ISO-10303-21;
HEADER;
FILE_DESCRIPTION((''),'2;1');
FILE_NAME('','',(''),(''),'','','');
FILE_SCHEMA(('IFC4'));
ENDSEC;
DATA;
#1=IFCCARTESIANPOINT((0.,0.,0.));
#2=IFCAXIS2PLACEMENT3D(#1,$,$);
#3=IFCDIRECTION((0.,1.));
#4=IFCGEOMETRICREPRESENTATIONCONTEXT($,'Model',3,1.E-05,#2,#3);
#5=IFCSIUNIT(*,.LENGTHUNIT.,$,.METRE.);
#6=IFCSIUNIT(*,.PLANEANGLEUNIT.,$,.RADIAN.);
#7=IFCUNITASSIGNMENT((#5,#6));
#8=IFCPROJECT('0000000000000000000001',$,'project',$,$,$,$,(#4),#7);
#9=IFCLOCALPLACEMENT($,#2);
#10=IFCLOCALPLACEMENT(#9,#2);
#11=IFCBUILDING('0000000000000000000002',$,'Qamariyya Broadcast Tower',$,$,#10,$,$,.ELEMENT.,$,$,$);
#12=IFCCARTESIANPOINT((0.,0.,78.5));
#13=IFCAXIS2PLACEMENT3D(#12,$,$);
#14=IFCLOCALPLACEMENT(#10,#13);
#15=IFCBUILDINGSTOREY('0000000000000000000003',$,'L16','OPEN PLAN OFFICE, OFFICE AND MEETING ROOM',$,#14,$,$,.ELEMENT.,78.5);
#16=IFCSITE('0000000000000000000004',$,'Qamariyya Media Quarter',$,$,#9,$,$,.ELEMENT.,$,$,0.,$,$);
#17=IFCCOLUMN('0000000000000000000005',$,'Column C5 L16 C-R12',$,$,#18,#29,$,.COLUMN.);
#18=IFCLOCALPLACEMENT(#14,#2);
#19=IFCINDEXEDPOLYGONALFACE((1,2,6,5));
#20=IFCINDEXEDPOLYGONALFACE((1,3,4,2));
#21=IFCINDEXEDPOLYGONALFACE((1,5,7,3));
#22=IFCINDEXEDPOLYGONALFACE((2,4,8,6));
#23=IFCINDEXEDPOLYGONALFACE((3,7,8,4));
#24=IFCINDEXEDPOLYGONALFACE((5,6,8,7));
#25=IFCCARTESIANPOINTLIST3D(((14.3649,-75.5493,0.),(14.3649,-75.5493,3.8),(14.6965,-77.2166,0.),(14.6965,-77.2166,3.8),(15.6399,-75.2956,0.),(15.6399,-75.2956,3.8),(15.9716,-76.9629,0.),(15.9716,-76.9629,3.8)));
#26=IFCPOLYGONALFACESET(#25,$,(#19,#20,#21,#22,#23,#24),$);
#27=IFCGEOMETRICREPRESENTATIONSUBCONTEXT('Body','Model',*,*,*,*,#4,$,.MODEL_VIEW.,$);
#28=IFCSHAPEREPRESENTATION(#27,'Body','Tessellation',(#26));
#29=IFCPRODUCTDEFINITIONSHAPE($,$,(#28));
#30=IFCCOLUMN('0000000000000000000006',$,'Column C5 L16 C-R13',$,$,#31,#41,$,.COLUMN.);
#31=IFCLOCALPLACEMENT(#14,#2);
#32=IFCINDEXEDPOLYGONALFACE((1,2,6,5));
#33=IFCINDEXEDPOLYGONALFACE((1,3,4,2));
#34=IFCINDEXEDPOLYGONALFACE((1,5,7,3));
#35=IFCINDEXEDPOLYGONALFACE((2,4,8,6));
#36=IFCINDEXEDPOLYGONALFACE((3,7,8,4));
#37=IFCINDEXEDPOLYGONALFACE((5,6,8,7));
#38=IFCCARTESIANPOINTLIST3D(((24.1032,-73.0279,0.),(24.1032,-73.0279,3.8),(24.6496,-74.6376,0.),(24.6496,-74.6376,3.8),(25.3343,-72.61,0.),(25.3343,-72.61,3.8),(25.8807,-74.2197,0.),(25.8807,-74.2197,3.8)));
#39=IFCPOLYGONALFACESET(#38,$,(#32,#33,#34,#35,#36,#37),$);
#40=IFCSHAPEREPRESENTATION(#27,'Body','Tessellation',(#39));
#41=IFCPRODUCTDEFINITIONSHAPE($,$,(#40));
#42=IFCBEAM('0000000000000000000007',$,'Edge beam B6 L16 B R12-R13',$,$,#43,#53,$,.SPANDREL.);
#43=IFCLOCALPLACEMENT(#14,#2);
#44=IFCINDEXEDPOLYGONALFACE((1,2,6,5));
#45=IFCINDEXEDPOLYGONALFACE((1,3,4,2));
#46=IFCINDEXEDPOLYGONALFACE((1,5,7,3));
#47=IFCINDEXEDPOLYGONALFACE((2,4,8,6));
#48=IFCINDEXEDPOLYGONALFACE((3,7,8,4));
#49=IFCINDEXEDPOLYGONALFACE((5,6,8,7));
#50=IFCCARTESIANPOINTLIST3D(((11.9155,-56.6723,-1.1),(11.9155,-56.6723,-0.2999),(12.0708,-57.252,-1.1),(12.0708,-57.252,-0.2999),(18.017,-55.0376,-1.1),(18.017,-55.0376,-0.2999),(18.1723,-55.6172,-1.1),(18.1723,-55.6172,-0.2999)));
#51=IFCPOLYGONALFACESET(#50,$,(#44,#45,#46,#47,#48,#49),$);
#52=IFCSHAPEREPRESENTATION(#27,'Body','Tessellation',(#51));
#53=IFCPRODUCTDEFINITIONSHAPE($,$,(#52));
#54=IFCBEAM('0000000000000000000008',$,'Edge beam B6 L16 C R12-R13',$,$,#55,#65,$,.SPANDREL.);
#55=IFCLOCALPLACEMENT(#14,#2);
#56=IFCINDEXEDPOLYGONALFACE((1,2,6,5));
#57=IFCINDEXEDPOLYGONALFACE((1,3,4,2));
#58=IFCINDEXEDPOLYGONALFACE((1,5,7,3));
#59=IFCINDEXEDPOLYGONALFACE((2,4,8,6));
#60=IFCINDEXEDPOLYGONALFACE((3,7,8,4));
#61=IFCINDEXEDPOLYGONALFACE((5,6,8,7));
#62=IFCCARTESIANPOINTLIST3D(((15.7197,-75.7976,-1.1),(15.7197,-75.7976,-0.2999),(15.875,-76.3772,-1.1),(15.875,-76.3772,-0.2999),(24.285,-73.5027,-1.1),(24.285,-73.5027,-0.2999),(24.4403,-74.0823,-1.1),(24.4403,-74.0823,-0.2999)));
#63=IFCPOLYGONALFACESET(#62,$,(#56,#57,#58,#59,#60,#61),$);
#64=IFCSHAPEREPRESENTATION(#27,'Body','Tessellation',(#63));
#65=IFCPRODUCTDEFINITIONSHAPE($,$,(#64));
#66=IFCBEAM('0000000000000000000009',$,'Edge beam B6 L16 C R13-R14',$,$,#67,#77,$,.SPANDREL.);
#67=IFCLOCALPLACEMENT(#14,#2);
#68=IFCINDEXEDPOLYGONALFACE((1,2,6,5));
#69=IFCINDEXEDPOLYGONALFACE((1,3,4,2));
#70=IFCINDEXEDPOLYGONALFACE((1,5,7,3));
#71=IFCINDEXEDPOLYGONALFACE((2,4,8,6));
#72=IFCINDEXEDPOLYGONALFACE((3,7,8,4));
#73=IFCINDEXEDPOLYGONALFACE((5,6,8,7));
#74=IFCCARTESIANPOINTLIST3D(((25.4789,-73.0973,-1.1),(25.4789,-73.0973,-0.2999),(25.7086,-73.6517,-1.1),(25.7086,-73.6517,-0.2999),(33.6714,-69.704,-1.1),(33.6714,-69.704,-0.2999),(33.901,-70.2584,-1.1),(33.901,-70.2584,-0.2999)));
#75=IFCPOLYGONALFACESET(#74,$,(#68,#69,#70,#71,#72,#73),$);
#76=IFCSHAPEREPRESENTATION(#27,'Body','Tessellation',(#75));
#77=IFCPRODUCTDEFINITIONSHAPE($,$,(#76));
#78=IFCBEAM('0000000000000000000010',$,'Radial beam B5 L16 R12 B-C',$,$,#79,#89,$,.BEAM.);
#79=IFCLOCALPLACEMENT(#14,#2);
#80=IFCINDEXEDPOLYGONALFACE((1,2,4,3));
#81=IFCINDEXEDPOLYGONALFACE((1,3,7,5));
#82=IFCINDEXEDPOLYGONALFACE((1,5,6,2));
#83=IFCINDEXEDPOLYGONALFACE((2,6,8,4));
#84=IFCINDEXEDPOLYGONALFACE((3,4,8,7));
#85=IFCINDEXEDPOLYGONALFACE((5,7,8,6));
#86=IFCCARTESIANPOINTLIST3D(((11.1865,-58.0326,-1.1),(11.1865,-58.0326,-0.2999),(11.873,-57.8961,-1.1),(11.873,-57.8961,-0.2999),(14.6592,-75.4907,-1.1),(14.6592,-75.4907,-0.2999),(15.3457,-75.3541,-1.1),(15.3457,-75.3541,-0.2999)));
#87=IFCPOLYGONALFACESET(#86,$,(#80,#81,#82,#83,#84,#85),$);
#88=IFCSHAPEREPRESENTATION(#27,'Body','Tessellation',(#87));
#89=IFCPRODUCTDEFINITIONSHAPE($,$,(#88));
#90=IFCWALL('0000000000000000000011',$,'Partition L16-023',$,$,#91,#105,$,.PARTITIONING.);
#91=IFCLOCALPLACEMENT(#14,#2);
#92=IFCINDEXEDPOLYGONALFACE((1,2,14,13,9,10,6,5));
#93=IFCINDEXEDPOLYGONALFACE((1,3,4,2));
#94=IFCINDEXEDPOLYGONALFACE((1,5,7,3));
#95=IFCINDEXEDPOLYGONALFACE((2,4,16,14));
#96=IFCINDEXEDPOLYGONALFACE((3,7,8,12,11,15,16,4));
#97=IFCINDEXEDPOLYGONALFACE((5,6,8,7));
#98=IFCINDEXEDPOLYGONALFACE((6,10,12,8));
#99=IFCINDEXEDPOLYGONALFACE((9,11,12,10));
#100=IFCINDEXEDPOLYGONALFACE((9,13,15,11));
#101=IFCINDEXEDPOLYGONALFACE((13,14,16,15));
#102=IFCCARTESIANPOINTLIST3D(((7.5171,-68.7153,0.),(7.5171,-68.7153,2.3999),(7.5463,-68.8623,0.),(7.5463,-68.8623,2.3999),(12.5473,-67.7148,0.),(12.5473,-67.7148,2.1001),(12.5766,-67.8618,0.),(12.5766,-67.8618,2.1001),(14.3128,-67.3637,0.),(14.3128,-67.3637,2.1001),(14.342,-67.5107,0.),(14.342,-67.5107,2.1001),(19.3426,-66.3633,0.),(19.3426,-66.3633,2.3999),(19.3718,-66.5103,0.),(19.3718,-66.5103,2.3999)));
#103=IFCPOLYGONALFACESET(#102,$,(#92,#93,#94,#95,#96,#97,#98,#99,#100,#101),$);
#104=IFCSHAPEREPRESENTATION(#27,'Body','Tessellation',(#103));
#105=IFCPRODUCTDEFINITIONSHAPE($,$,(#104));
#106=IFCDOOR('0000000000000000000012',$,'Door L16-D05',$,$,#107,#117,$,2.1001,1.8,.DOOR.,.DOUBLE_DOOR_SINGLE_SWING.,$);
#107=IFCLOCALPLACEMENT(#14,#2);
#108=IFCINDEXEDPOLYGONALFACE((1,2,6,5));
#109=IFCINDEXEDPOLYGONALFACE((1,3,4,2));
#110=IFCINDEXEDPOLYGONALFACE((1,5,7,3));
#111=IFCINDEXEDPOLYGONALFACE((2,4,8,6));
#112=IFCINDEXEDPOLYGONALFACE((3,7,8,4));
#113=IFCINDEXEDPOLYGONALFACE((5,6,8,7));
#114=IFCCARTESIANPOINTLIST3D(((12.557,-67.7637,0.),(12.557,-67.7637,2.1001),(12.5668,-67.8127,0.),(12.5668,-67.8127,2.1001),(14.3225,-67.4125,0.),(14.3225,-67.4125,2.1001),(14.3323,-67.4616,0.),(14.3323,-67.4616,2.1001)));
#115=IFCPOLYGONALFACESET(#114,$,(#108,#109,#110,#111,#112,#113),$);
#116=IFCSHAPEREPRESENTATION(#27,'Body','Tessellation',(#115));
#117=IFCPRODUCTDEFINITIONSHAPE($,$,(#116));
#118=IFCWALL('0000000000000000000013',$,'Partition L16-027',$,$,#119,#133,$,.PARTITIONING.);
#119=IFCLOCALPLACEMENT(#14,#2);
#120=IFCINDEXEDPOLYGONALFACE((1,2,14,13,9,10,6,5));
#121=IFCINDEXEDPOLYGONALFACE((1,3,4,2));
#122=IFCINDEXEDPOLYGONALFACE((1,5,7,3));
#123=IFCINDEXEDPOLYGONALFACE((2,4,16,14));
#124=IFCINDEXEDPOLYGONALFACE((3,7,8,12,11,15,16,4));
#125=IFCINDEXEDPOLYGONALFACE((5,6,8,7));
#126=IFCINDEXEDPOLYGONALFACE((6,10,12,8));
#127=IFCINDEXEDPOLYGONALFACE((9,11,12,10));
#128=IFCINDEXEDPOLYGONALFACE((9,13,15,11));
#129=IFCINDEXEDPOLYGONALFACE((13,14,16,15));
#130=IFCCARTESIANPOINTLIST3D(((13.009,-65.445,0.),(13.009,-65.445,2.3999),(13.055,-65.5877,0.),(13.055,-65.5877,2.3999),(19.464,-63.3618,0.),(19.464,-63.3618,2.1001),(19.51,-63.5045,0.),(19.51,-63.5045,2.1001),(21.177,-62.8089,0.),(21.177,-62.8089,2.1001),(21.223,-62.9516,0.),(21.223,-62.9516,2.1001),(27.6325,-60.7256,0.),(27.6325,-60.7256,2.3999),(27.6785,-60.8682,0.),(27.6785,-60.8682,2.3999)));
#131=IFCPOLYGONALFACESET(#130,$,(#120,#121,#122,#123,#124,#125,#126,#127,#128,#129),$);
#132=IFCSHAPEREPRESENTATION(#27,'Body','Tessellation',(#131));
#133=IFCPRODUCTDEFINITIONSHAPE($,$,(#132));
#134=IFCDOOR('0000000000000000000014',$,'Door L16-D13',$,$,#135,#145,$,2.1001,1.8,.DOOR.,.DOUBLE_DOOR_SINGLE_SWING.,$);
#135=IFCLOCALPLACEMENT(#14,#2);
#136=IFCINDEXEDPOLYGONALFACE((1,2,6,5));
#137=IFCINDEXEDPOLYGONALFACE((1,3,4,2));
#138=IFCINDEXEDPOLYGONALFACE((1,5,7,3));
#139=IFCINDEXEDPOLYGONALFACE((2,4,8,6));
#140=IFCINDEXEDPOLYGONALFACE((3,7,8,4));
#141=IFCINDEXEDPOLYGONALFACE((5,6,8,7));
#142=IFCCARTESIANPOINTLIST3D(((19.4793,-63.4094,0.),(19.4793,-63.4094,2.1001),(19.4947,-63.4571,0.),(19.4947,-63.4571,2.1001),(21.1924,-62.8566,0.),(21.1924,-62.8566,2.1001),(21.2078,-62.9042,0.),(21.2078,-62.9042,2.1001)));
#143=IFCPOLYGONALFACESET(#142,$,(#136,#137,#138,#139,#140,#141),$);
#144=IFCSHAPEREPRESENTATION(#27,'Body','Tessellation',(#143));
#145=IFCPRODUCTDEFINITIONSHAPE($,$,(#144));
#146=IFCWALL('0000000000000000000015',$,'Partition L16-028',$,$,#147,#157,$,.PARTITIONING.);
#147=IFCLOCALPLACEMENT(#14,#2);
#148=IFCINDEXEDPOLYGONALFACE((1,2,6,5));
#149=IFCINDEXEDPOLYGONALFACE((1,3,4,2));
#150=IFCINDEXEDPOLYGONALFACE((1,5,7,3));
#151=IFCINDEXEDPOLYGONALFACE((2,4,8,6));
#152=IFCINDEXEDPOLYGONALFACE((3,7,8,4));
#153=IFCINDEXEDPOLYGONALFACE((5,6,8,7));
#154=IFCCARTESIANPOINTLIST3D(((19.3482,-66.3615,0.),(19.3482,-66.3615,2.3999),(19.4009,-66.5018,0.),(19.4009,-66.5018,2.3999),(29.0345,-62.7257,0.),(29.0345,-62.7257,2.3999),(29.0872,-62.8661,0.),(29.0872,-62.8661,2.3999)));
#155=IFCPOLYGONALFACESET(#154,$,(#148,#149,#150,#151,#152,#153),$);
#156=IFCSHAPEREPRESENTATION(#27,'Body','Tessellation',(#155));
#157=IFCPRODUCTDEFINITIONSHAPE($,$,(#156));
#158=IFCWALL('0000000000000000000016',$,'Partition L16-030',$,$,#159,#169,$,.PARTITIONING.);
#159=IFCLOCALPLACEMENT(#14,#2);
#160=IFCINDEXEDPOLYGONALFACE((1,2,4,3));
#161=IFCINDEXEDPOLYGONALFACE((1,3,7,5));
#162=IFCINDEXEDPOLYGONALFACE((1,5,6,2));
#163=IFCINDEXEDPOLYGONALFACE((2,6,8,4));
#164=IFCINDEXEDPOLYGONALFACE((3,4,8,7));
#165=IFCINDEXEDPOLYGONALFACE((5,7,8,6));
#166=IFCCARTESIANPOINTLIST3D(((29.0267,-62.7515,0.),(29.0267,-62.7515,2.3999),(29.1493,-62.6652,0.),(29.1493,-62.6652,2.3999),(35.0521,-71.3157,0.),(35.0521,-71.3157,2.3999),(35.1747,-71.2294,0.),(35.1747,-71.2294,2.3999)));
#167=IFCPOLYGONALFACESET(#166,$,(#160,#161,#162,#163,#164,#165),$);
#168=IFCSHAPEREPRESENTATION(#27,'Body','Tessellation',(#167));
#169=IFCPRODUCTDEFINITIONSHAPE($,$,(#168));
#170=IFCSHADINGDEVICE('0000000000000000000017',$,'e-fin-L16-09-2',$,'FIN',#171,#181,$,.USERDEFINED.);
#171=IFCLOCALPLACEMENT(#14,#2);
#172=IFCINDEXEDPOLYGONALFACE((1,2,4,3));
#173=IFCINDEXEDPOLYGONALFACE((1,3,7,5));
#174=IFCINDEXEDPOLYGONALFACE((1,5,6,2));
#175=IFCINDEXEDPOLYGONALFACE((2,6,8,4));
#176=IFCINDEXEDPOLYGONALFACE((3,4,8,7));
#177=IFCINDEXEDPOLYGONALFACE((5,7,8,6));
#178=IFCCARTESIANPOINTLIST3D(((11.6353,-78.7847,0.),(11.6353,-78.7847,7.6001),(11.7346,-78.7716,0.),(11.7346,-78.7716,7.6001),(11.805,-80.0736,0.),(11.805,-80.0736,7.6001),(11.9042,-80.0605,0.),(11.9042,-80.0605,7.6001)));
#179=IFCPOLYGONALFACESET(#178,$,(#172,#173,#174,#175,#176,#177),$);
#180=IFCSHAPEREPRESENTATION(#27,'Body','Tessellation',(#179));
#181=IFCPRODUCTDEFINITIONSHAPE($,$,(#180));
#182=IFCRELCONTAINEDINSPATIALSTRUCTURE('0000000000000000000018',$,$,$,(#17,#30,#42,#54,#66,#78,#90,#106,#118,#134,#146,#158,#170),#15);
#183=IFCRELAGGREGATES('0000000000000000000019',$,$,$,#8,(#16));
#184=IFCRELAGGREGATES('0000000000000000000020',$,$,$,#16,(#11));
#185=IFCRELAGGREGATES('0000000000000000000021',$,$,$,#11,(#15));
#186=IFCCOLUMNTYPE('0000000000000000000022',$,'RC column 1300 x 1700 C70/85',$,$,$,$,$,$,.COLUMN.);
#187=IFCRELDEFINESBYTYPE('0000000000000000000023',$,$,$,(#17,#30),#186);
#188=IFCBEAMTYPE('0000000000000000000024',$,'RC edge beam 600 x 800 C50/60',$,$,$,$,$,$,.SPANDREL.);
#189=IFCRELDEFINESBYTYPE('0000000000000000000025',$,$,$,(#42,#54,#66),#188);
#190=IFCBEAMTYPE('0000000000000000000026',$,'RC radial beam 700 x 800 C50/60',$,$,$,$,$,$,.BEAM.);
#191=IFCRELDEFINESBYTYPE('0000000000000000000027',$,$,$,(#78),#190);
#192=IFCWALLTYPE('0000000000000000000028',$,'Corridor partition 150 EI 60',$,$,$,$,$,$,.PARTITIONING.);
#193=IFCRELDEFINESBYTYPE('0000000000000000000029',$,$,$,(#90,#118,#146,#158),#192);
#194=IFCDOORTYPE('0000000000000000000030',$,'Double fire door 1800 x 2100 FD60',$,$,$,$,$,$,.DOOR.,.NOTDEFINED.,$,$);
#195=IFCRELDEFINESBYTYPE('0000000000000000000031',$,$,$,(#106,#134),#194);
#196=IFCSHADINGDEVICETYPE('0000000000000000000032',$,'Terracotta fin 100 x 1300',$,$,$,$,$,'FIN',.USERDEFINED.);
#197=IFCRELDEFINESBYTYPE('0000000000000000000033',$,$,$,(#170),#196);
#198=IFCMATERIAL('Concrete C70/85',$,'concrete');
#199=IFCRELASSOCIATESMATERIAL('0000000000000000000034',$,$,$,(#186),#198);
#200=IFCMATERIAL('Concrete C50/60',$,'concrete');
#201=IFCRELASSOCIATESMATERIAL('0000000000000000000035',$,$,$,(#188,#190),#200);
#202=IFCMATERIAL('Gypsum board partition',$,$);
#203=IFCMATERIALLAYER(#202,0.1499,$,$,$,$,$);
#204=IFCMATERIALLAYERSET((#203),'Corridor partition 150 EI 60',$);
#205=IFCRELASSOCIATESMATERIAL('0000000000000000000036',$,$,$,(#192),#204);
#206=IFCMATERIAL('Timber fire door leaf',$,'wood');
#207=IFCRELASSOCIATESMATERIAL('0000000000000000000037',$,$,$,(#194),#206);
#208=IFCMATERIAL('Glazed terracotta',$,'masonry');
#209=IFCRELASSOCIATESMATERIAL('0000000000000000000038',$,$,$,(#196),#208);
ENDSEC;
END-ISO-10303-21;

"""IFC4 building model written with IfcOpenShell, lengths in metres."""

from ifc_helpers import new_model, si_unit, direction, frame, frame_2d, origin, origin_2d, place, context, subcontext, project, spatial, rectangle, extrude, material, layer, layer_set, material_profile, profile_set, type_object, element, fill, save


model = new_model("IFC4")

# Units and contexts
model_context = context("Model", 3, precision=1e-05, world=origin(), true_north=direction((0.0, 1.0)))
body_context = subcontext(model_context, "Body", "Model", "MODEL_VIEW")
ifc_project = project(units=[si_unit("LENGTHUNIT", "METRE"), si_unit("PLANEANGLEUNIT", "RADIAN")], contexts=[model_context])

# Site, building, storey
site_placement = place(None, origin())
site = spatial("IfcSite", under=ifc_project, at=site_placement, Name="Qamariyya Media Quarter", CompositionType="ELEMENT", RefElevation=0.0)
building_placement = place(site_placement, origin())
building = spatial("IfcBuilding", under=site, at=building_placement, Name="Qamariyya Broadcast Tower", CompositionType="ELEMENT")
storey_placement = place(building_placement, frame((0.0, 0.0, 78.5)))
storey = spatial("IfcBuildingStorey", under=building, at=storey_placement, Name="L16", Description="OPEN PLAN OFFICE, OFFICE AND MEETING ROOM", CompositionType="ELEMENT", Elevation=78.5)

# Columns
ifc_material_1 = material(Name="Concrete C70/85", Category="concrete")
ifc_material_profile_1 = material_profile(ifc_material_1, rectangle(XDim=1.3, YDim=1.7, at=origin_2d()))
ifc_profile_set_1 = profile_set([ifc_material_profile_1], Name="Concrete C70/85")
column_type = type_object("IfcColumnType", Name="RC column 1300 x 1700 C70/85", PredefinedType="COLUMN", material=ifc_profile_set_1)
for number, where, z_axis, x_axis, name in (
    (1, (15.1682, -76.2561, 0.0), (0.0, 0.0, 1.0), (0.980785, 0.19509, 0.0), "Column C5 L16 C-R12"),
    (2, (24.9919, -73.6238, 0.0), (0.0, 0.0, 1.0), (0.94693, 0.321439, 0.0), "Column C5 L16 C-R13"),
):
    element("IfcColumn", number, at=place(storey_placement, frame(where, z_axis=z_axis, x_axis=x_axis)), inside=storey, type_object=column_type, Name=name, PredefinedType="COLUMN", context=body_context, shape_type="SweptSolid", body=[
        extrude(rectangle(XDim=1.3, YDim=1.7, at=origin_2d()), origin(), (0.0, 0.0, 1.0), 3.8),
    ])

# Beams
ifc_material_2 = material(Name="Concrete C50/60", Category="concrete")
ifc_material_profile_2 = material_profile(ifc_material_2, rectangle(XDim=0.6001, YDim=0.8, at=origin_2d()))
ifc_profile_set_2 = profile_set([ifc_material_profile_2], Name="Concrete C50/60")
beam_type_1 = type_object("IfcBeamType", Name="RC edge beam 600 x 800 C50/60", PredefinedType="SPANDREL", material=ifc_profile_set_2)
beam_1_placement = place(storey_placement, frame((11.9932, -56.9622, -0.7), z_axis=(0.965931, 0.258798, 0.0), x_axis=(-0.258798, 0.965931, 0.0)))
element("IfcBeam", 3, at=beam_1_placement, inside=storey, type_object=beam_type_1, Name="Edge beam B6 L16 B R12-R13", PredefinedType="SPANDREL", context=body_context, shape_type="SweptSolid", body=[
    extrude(rectangle(XDim=0.6001, YDim=0.8, at=origin_2d()), origin(), (0.0, 0.0, 1.0), 6.3167),
])
for number, where, z_axis, x_axis, name in (
    (4, (15.7974, -76.0874, -0.7), (0.965931, 0.2588, 0.0), (-0.2588, 0.965931, 0.0), "Edge beam B6 L16 C R12-R13"),
    (5, (25.5938, -73.3745, -0.7), (0.923883, 0.382675, 0.0), (-0.382675, 0.923883, 0.0), "Edge beam B6 L16 C R13-R14"),
):
    element("IfcBeam", number, at=place(storey_placement, frame(where, z_axis=z_axis, x_axis=x_axis)), inside=storey, type_object=beam_type_1, Name=name, PredefinedType="SPANDREL", context=body_context, shape_type="SweptSolid", body=[
        extrude(rectangle(XDim=0.6001, YDim=0.8, at=origin_2d()), origin(), (0.0, 0.0, 1.0), 8.8674),
    ])
ifc_material_profile_3 = material_profile(ifc_material_2, rectangle(XDim=0.7, YDim=0.8, at=origin_2d()))
ifc_profile_set_3 = profile_set([ifc_material_profile_3], Name="Concrete C50/60")
beam_type_2 = type_object("IfcBeamType", Name="RC radial beam 700 x 800 C50/60", PredefinedType="BEAM", material=ifc_profile_set_3)
beam_2_placement = place(storey_placement, frame((11.5298, -57.9644, -0.7), z_axis=(0.195093, -0.980785, 0.0), x_axis=(0.980785, 0.195093, 0.0)))
element("IfcBeam", 6, at=beam_2_placement, inside=storey, type_object=beam_type_2, Name="Radial beam B5 L16 R12 B-C", PredefinedType="BEAM", context=body_context, shape_type="SweptSolid", body=[
    extrude(rectangle(XDim=0.7, YDim=0.8, at=origin_2d()), origin(), (0.0, 0.0, 1.0), 17.8),
])

# Walls, openings, doors
ifc_material_3 = material(Name="Gypsum board partition")
ifc_layer = layer(ifc_material_3, 0.1499)
ifc_layer_set = layer_set([ifc_layer], Name="Corridor partition 150 EI 60")
wall_type = type_object("IfcWallType", Name="Corridor partition 150 EI 60", PredefinedType="PARTITIONING", material=ifc_layer_set)
wall_1_placement = place(storey_placement, frame((19.3572, -66.4368, 0.0), z_axis=(0.0, 0.0, 1.0), x_axis=(-0.980788, -0.195076, 0.0)))
wall_1 = element("IfcWall", 7, at=wall_1_placement, inside=storey, type_object=wall_type, Name="Partition L16-023", PredefinedType="PARTITIONING", context=body_context, shape_type="SweptSolid", body=[
    extrude(rectangle(XDim=12.0571, YDim=0.1499, at=frame_2d((6.0286, 0.0))), origin(), (0.0, 0.0, 1.0), 2.3999),
])
opening_1_placement = place(wall_1_placement, frame((5.1284, 0.0, 0.0)))
opening_1 = element("IfcOpeningElement", 8, at=opening_1_placement, cuts=wall_1, PredefinedType="OPENING", context=body_context, shape_type="SweptSolid", body=[
    extrude(rectangle(XDim=1.8, YDim=2.1001, at=frame_2d((0.8999, 1.05))), frame((0.0, 0.085, 0.0), z_axis=(0.0, -1.0, 0.0), x_axis=(1.0, 0.0, 0.0)), (0.0, 0.0, 1.0), 0.1699),
])
ifc_material_4 = material(Name="Timber fire door leaf", Category="wood")
door_type = type_object("IfcDoorType", Name="Double fire door 1800 x 2100 FD60", OperationType="NOTDEFINED", PredefinedType="DOOR", material=ifc_material_4)
door_1_placement = place(opening_1_placement, origin())
door_1 = element("IfcDoor", 9, at=door_1_placement, inside=storey, type_object=door_type, Name="Door L16-D05", OperationType="DOUBLE_DOOR_SINGLE_SWING", OverallHeight=2.1001, OverallWidth=1.8, PredefinedType="DOOR", context=body_context, shape_type="SweptSolid", body=[
    extrude(rectangle(XDim=1.8, YDim=2.1001, at=frame_2d((0.8999, 1.05))), frame((0.0, 0.0249, 0.0), z_axis=(0.0, -1.0, 0.0), x_axis=(1.0, 0.0, 0.0)), (0.0, 0.0, 1.0), 0.05),
])
fill(opening_1, door_1)
wall_2_placement = place(storey_placement, frame((13.032, -65.5164, 0.0), z_axis=(0.0, 0.0, 1.0), x_axis=(0.951667, 0.307133, 0.0)))
wall_2 = element("IfcWall", 10, at=wall_2_placement, inside=storey, type_object=wall_type, Name="Partition L16-027", PredefinedType="PARTITIONING", context=body_context, shape_type="SweptSolid", body=[
    extrude(rectangle(XDim=15.3662, YDim=0.1499, at=frame_2d((7.6831, 0.0))), origin(), (0.0, 0.0, 1.0), 2.3999),
])
opening_2_placement = place(wall_2_placement, frame((6.783, 0.0, 0.0)))
opening_2 = element("IfcOpeningElement", 11, at=opening_2_placement, cuts=wall_2, PredefinedType="OPENING", context=body_context, shape_type="SweptSolid", body=[
    extrude(rectangle(XDim=1.8, YDim=2.1001, at=frame_2d((0.8999, 1.05))), frame((0.0, 0.085, 0.0), z_axis=(0.0, -1.0, 0.0), x_axis=(1.0, 0.0, 0.0)), (0.0, 0.0, 1.0), 0.1699),
])
door_2_placement = place(opening_2_placement, origin())
door_2 = element("IfcDoor", 12, at=door_2_placement, inside=storey, type_object=door_type, Name="Door L16-D13", OperationType="DOUBLE_DOOR_SINGLE_SWING", OverallHeight=2.1001, OverallWidth=1.8, PredefinedType="DOOR", context=body_context, shape_type="SweptSolid", body=[
    extrude(rectangle(XDim=1.8, YDim=2.1001, at=frame_2d((0.8999, 1.05))), frame((0.0, 0.0249, 0.0), z_axis=(0.0, -1.0, 0.0), x_axis=(1.0, 0.0, 0.0)), (0.0, 0.0, 1.0), 0.05),
])
fill(opening_2, door_2)

# Walls
wall_3_placement = place(storey_placement, frame((19.3745, -66.4316, 0.0), z_axis=(0.0, 0.0, 1.0), x_axis=(0.936221, 0.35141, 0.0)))
element("IfcWall", 13, at=wall_3_placement, inside=storey, type_object=wall_type, Name="Partition L16-028", PredefinedType="PARTITIONING", context=body_context, shape_type="SweptSolid", body=[
    extrude(rectangle(XDim=10.3462, YDim=0.1499, at=frame_2d((5.1731, 0.0))), origin(), (0.0, 0.0, 1.0), 2.3999),
])
wall_4_placement = place(storey_placement, frame((29.0879, -62.7083, 0.0), z_axis=(0.0, 0.0, 1.0), x_axis=(0.575412, -0.817864, 0.0)))
element("IfcWall", 14, at=wall_4_placement, inside=storey, type_object=wall_type, Name="Partition L16-030", PredefinedType="PARTITIONING", context=body_context, shape_type="SweptSolid", body=[
    extrude(rectangle(XDim=10.4714, YDim=0.1499, at=frame_2d((5.2358, 0.0))), origin(), (0.0, 0.0, 1.0), 2.3999),
])

# Shading device
ifc_material_5 = material(Name="Glazed terracotta", Category="masonry")
ifc_material_profile_4 = material_profile(ifc_material_5, rectangle(XDim=1.3, YDim=0.1001, at=origin_2d()))
ifc_profile_set_4 = profile_set([ifc_material_profile_4], Name="Glazed terracotta")
shading_device_type_1 = type_object("IfcShadingDeviceType", Name="Terracotta fin 100 x 1300", ElementType="FIN", PredefinedType="USERDEFINED", material=ifc_profile_set_4)
for number, where, z_axis, x_axis, name in (
    (15, (11.7698, -79.4226, 0.0), (0.0, 0.0, 1.0), (0.130526, -0.991445, 0.0), "e-fin-L16-09-2"),
):
    element("IfcShadingDevice", number, at=place(storey_placement, frame(where, z_axis=z_axis, x_axis=x_axis)), inside=storey, type_object=shading_device_type_1, Name=name, ObjectType="FIN", PredefinedType="USERDEFINED", context=body_context, shape_type="SweptSolid", body=[
        extrude(rectangle(XDim=1.3, YDim=0.1001, at=origin_2d()), origin(), (0.0, 0.0, 1.0), 7.6001),
    ])

save(model, "model.ifc")
